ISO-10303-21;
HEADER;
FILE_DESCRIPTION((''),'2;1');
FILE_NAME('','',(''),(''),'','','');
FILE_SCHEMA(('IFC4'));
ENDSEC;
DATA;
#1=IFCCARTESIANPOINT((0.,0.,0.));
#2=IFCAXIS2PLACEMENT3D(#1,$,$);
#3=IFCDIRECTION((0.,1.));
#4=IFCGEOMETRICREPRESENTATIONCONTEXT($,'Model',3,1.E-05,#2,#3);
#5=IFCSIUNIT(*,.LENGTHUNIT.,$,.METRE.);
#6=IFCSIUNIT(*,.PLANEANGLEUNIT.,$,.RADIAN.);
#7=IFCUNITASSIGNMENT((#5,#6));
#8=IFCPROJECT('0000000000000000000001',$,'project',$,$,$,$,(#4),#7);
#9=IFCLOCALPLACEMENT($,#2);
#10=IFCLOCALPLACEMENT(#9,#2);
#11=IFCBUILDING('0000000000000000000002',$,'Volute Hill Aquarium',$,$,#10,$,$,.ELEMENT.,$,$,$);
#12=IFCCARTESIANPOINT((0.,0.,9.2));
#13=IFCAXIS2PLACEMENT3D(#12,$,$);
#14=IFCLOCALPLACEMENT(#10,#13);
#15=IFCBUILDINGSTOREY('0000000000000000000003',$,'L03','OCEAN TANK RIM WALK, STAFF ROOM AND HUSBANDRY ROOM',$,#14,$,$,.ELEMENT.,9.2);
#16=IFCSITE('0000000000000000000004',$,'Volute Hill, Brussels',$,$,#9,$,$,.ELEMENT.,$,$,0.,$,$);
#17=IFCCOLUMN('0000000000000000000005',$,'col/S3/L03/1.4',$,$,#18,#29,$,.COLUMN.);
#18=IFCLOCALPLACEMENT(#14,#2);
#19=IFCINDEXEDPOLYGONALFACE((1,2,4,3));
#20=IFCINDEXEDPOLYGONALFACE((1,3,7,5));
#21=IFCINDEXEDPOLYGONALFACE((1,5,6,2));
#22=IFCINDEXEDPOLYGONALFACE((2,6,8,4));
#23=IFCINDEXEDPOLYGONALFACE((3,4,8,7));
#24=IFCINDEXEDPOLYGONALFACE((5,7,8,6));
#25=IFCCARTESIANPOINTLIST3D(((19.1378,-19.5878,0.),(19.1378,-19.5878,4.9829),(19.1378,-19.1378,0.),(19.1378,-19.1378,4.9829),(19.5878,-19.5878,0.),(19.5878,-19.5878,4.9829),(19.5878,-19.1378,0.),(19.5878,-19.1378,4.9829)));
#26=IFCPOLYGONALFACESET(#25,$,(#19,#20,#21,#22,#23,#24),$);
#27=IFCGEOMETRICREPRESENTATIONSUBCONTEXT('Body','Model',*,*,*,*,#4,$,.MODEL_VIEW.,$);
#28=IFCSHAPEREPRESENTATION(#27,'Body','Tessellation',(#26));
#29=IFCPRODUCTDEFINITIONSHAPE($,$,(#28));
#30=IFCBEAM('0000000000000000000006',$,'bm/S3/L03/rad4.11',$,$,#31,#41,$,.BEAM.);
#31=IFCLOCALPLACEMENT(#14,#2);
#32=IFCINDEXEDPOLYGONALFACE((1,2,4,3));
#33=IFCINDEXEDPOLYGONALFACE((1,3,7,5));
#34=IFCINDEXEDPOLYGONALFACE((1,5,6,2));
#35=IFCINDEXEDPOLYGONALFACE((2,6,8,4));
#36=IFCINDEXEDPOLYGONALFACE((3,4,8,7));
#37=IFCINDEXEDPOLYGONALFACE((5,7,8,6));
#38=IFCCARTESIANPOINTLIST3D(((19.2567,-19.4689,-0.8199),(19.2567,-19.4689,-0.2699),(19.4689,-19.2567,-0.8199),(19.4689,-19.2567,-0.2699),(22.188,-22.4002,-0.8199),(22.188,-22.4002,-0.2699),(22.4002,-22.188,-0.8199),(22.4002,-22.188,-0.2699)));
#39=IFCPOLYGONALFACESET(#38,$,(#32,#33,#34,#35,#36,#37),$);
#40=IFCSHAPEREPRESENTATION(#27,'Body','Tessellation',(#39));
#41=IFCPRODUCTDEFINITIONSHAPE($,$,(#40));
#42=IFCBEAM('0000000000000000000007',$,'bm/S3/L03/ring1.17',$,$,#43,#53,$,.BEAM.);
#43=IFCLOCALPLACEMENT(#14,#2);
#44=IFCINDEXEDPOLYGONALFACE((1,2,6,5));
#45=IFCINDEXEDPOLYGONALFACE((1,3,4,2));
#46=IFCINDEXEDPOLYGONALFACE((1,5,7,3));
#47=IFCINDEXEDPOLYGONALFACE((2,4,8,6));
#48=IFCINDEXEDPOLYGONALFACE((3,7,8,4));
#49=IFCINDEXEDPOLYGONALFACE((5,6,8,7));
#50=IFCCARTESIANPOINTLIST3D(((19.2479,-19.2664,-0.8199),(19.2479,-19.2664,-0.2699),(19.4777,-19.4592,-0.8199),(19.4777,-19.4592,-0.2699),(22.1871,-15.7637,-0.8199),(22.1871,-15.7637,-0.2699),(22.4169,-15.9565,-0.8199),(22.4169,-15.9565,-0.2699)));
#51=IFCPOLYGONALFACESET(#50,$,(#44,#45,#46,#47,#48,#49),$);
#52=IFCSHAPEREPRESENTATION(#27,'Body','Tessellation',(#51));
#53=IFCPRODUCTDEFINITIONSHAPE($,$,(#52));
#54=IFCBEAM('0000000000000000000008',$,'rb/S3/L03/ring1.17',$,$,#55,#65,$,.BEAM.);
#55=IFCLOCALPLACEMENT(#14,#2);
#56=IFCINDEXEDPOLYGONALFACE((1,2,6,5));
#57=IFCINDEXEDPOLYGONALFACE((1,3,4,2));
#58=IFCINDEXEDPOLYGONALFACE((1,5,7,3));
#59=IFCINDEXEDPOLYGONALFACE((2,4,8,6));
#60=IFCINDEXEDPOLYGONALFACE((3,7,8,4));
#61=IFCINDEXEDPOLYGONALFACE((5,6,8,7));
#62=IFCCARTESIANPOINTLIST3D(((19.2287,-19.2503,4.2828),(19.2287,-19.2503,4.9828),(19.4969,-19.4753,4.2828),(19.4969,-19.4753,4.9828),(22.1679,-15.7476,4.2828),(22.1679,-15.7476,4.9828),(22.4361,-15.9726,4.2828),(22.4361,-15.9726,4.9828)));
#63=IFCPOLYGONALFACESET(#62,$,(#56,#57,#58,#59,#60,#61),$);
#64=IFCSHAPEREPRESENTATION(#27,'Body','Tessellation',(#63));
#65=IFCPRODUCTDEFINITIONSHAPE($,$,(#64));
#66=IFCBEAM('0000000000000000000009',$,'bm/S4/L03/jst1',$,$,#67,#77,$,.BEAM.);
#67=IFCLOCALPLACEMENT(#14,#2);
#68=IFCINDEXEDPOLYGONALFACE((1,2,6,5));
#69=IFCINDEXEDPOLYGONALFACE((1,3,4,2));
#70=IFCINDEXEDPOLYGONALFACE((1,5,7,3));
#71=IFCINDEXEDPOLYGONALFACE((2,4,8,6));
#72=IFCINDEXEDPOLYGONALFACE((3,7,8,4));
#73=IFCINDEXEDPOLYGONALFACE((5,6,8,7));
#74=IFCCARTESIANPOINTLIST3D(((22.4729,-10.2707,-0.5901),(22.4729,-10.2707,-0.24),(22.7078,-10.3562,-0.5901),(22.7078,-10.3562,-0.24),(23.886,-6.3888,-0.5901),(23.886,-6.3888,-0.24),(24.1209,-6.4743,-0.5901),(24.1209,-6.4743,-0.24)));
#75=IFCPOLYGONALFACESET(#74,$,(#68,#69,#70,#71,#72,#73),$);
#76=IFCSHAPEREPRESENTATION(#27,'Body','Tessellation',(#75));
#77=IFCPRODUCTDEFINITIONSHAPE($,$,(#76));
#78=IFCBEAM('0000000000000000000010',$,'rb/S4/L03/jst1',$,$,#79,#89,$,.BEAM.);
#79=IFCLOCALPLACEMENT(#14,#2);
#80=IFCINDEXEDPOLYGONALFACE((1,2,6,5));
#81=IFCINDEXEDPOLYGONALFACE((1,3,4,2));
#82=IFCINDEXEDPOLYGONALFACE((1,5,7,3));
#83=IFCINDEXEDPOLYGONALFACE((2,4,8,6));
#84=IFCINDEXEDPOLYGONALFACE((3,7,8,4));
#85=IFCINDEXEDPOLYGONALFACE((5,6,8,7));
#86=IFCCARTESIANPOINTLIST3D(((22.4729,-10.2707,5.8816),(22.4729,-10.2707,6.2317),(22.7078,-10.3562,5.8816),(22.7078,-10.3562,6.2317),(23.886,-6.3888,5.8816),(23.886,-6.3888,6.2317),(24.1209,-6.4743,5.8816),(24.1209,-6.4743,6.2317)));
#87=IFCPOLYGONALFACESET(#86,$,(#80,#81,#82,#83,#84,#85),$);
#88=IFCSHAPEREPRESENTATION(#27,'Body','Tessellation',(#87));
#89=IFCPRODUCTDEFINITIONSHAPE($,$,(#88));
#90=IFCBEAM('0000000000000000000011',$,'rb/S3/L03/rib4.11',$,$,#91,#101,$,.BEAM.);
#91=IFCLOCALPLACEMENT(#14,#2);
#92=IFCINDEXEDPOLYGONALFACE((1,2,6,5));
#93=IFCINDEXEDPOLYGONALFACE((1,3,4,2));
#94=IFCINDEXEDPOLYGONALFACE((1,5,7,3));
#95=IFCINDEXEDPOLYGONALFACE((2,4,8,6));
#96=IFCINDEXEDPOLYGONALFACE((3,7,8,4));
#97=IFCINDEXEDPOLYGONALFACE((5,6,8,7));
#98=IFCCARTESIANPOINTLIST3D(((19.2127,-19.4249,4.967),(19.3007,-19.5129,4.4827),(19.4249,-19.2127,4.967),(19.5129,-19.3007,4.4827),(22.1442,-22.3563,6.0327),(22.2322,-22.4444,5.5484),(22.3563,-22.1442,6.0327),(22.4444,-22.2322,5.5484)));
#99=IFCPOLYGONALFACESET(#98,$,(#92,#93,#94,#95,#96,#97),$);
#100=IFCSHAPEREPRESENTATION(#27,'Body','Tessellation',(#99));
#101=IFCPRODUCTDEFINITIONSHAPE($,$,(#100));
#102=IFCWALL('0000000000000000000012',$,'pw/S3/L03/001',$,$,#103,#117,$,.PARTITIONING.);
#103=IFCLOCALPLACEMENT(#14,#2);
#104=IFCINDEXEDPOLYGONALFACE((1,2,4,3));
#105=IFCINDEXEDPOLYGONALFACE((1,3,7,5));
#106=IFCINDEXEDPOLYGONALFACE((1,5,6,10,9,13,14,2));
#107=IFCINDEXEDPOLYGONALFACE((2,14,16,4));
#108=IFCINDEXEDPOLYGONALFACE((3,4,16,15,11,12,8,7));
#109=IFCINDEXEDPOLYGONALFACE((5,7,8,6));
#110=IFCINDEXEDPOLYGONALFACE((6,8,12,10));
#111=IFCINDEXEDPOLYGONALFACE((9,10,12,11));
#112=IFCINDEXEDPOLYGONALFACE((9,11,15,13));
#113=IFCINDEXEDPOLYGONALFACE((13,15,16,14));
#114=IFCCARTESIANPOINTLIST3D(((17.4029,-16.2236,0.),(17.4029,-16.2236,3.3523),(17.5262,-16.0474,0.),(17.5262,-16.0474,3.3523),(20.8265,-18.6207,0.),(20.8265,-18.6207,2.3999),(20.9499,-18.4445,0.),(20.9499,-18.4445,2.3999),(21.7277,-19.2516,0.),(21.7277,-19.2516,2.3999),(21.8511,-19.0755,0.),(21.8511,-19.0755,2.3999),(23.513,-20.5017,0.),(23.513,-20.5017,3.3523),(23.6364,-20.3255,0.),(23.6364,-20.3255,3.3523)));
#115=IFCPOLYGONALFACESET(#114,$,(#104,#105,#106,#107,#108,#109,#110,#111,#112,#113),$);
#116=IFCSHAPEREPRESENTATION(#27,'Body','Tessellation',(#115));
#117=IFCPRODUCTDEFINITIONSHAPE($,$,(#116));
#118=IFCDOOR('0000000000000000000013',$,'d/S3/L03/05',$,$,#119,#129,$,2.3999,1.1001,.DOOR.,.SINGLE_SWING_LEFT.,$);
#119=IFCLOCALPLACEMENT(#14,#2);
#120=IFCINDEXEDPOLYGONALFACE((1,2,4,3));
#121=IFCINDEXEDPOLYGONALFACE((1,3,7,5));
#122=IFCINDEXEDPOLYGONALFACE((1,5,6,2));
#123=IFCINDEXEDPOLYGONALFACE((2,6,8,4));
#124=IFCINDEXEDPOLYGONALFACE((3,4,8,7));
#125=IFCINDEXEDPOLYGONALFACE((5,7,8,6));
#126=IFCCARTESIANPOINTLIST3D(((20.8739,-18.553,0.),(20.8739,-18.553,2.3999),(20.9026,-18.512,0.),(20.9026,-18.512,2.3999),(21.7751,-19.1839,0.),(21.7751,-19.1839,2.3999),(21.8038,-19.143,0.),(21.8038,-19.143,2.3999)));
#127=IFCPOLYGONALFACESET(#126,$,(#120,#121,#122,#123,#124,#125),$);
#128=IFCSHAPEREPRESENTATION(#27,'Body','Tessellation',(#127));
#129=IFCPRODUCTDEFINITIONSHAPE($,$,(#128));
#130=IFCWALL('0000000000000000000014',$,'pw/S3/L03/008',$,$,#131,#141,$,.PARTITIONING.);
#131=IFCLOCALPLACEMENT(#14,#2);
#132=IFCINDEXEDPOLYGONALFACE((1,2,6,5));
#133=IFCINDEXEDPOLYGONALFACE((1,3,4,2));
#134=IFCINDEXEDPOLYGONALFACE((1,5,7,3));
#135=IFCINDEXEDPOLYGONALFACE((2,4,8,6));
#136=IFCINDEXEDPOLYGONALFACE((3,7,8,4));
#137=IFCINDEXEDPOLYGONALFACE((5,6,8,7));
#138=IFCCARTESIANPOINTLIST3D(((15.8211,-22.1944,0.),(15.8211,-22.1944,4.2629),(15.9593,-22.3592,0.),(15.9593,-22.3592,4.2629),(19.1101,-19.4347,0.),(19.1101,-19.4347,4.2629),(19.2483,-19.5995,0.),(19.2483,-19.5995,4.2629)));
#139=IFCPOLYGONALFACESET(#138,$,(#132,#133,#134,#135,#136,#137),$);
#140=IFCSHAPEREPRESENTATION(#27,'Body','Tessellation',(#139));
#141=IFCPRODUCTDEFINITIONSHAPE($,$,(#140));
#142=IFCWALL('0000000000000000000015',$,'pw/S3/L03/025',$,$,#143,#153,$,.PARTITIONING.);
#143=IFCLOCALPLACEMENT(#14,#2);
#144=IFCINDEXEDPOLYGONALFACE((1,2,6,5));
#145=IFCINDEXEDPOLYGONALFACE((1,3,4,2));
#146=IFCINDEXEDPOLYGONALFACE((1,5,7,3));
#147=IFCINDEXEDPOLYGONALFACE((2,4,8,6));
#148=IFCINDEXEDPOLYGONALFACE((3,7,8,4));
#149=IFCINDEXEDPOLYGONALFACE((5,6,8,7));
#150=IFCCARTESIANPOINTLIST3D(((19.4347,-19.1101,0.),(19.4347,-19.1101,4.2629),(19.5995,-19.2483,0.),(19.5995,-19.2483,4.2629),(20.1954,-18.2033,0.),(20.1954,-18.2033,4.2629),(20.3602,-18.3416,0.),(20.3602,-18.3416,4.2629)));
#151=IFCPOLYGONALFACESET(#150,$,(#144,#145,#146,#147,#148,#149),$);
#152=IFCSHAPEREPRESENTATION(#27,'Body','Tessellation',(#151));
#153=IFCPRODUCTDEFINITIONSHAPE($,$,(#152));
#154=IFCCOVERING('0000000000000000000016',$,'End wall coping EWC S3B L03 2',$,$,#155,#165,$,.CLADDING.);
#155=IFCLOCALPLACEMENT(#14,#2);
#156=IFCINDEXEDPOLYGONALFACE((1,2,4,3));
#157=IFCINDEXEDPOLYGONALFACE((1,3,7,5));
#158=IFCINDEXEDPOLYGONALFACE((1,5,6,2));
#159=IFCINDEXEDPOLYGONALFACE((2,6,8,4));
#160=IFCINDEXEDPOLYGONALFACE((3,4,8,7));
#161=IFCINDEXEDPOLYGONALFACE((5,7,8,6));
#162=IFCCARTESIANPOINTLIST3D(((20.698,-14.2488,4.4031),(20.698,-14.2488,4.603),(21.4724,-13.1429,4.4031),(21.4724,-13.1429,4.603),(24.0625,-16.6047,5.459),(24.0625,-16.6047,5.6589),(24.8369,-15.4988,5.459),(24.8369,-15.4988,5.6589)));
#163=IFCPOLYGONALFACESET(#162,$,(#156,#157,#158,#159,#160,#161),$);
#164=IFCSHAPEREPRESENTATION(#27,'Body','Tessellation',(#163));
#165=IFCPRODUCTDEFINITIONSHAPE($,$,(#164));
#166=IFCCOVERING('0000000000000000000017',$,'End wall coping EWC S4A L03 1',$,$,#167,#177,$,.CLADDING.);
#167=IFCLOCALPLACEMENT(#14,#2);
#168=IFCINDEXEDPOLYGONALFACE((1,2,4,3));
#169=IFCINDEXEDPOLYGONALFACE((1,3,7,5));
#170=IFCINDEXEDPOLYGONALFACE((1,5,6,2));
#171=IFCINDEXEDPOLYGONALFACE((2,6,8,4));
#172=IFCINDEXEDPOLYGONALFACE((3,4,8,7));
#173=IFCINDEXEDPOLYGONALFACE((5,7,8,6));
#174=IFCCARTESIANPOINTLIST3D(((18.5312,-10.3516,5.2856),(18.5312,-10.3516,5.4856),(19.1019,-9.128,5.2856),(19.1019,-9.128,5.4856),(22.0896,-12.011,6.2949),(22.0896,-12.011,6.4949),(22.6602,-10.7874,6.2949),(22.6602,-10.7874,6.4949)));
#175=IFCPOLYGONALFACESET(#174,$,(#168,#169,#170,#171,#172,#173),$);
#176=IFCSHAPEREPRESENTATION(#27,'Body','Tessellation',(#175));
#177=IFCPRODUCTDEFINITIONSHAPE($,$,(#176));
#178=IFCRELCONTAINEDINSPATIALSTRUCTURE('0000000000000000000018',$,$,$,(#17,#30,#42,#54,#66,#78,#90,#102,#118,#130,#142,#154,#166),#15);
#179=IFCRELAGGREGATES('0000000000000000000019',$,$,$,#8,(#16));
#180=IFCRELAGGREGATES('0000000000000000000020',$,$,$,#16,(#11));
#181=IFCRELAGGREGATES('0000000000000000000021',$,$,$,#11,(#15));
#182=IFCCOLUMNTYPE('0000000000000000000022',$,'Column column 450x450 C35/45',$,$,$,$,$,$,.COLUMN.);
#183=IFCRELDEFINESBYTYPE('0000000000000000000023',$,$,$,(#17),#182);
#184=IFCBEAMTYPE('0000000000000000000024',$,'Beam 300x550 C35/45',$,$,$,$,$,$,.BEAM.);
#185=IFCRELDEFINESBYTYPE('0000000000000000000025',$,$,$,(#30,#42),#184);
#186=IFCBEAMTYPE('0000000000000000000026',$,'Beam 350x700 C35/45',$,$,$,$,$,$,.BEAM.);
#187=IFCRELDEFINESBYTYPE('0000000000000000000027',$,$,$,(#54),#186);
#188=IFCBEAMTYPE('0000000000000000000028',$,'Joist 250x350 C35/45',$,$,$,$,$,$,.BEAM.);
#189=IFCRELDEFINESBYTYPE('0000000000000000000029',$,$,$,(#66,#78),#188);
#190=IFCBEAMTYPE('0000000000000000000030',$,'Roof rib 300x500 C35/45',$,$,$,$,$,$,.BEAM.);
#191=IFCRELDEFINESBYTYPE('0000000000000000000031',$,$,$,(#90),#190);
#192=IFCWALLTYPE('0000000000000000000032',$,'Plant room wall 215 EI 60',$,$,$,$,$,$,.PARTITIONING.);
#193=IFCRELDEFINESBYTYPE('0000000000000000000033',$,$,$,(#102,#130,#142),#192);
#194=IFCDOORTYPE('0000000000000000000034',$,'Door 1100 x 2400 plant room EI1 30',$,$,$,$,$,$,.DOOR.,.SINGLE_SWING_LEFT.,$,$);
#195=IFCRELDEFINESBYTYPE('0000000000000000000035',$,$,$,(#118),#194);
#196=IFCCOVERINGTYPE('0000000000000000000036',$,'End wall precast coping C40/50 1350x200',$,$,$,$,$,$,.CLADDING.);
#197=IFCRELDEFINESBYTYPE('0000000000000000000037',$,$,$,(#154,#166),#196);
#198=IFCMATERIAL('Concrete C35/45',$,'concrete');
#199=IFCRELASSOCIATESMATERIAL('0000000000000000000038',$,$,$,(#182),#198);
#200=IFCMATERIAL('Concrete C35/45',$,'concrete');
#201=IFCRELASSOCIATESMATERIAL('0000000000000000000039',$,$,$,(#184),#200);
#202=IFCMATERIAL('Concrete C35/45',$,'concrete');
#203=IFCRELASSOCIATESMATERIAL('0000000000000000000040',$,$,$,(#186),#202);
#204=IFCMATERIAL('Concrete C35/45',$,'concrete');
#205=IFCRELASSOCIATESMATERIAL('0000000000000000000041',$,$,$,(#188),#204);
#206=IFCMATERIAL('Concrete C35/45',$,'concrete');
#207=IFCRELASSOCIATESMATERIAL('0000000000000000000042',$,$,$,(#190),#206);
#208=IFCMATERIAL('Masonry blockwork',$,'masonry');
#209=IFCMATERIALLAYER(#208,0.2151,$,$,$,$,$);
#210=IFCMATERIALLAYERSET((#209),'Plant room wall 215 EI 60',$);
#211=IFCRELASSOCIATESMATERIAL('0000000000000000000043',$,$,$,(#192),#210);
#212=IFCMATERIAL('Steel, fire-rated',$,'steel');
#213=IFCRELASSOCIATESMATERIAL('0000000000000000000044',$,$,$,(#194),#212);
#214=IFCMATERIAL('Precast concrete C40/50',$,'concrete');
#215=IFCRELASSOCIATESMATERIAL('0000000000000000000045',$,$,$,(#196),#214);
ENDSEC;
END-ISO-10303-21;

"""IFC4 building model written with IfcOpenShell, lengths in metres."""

from ifc_helpers import new_model, si_unit, direction, frame, frame_2d, origin, origin_2d, place, context, subcontext, project, spatial, polyline, rectangle, outline, extrude, material, layer, layer_set, material_profile, profile_set, type_object, element, fill, save


model = new_model("IFC4")

# Units and contexts
model_context = context("Model", 3, precision=1e-05, world=origin(), true_north=direction((0.0, 1.0)))
body_context = subcontext(model_context, "Body", "Model", "MODEL_VIEW")
ifc_project = project(units=[si_unit("LENGTHUNIT", "METRE"), si_unit("PLANEANGLEUNIT", "RADIAN")], contexts=[model_context])

# Site, building, storey
site_placement = place(None, origin())
site = spatial("IfcSite", under=ifc_project, at=site_placement, Name="Volute Hill, Brussels", CompositionType="ELEMENT", RefElevation=0.0)
building_placement = place(site_placement, origin())
building = spatial("IfcBuilding", under=site, at=building_placement, Name="Volute Hill Aquarium", CompositionType="ELEMENT")
storey_placement = place(building_placement, frame((0.0, 0.0, 9.2)))
storey = spatial("IfcBuildingStorey", under=building, at=storey_placement, Name="L03", Description="OCEAN TANK RIM WALK, STAFF ROOM AND HUSBANDRY ROOM", CompositionType="ELEMENT", Elevation=9.2)

# Column
ifc_material_1 = material(Name="Concrete C35/45", Category="concrete")
ifc_material_profile_1 = material_profile(ifc_material_1, rectangle(XDim=0.45, YDim=0.45, at=origin_2d()), Name="RC column 450x450")
ifc_profile_set_1 = profile_set([ifc_material_profile_1], Name="Concrete C35/45")
column_type = type_object("IfcColumnType", Name="Column column 450x450 C35/45", PredefinedType="COLUMN", material=ifc_profile_set_1)
column_placement = place(storey_placement, frame((19.3628, -19.3628, 0.0), z_axis=(0.0, 0.0, 1.0), x_axis=(1.0, 0.0, 0.0)))
element("IfcColumn", 1, at=column_placement, inside=storey, type_object=column_type, Name="col/S3/L03/1.4", PredefinedType="COLUMN", context=body_context, shape_type="SweptSolid", body=[
    extrude(rectangle(XDim=0.45, YDim=0.45, at=origin_2d()), origin(), (0.0, 0.0, 1.0), 4.9829),
])

# Beams
ifc_material_2 = material(Name="Concrete C35/45", Category="concrete")
ifc_material_profile_2 = material_profile(ifc_material_2, rectangle(XDim=0.3, YDim=0.55, at=origin_2d()), Name="RC beam 300x550")
ifc_profile_set_2 = profile_set([ifc_material_profile_2], Name="Concrete C35/45")
beam_type_1 = type_object("IfcBeamType", Name="Beam 300x550 C35/45", PredefinedType="BEAM", material=ifc_profile_set_2)
beam_1_placement = place(storey_placement, frame((19.3628, -19.3628, -0.5449), z_axis=(0.707107, -0.707107, 0.0), x_axis=(0.707107, 0.707107, 0.0)))
element("IfcBeam", 2, at=beam_1_placement, inside=storey, type_object=beam_type_1, Name="bm/S3/L03/rad4.11", PredefinedType="BEAM", context=body_context, shape_type="SweptSolid", body=[
    extrude(rectangle(XDim=0.3, YDim=0.55, at=origin_2d()), origin(), (0.0, 0.0, 1.0), 4.1455),
])
beam_2_placement = place(storey_placement, frame((19.3628, -19.3628, -0.5449), z_axis=(0.642801, 0.766033, 0.0), x_axis=(-0.766033, 0.642801, 0.0)))
element("IfcBeam", 3, at=beam_2_placement, inside=storey, type_object=beam_type_1, Name="bm/S3/L03/ring1.17", PredefinedType="BEAM", context=body_context, shape_type="SweptSolid", body=[
    extrude(rectangle(XDim=0.3, YDim=0.55, at=origin_2d()), origin(), (0.0, 0.0, 1.0), 4.5725),
])
ifc_material_3 = material(Name="Concrete C35/45", Category="concrete")
ifc_material_profile_3 = material_profile(ifc_material_3, rectangle(XDim=0.3501, YDim=0.7, at=origin_2d()), Name="RC beam 350x700")
ifc_profile_set_3 = profile_set([ifc_material_profile_3], Name="Concrete C35/45")
beam_type_2 = type_object("IfcBeamType", Name="Beam 350x700 C35/45", PredefinedType="BEAM", material=ifc_profile_set_3)
beam_3_placement = place(storey_placement, frame((19.3628, -19.3628, 4.6328), z_axis=(0.642801, 0.766033, 0.0), x_axis=(-0.766033, 0.642801, 0.0)))
element("IfcBeam", 4, at=beam_3_placement, inside=storey, type_object=beam_type_2, Name="rb/S3/L03/ring1.17", PredefinedType="BEAM", context=body_context, shape_type="SweptSolid", body=[
    extrude(rectangle(XDim=0.3501, YDim=0.7, at=origin_2d()), origin(), (0.0, 0.0, 1.0), 4.5725),
])
ifc_material_4 = material(Name="Concrete C35/45", Category="concrete")
ifc_material_profile_4 = material_profile(ifc_material_4, rectangle(XDim=0.25, YDim=0.3501, at=origin_2d()), Name="RC joist 250x350")
ifc_profile_set_4 = profile_set([ifc_material_profile_4], Name="Concrete C35/45")
beam_type_3 = type_object("IfcBeamType", Name="Joist 250x350 C35/45", PredefinedType="BEAM", material=ifc_profile_set_4)
for number, where, z_axis, x_axis, name in (
    (5, (22.5903, -10.3135, -0.415), (0.342066, 0.939676, 0.0), (-0.939676, 0.342066, 0.0), "bm/S4/L03/jst1"),
    (6, (22.5903, -10.3135, 6.0566), (0.342066, 0.939676, 0.0), (-0.939676, 0.342066, 0.0), "rb/S4/L03/jst1"),
):
    element("IfcBeam", number, at=place(storey_placement, frame(where, z_axis=z_axis, x_axis=x_axis)), inside=storey, type_object=beam_type_3, Name=name, PredefinedType="BEAM", context=body_context, shape_type="SweptSolid", body=[
        extrude(rectangle(XDim=0.25, YDim=0.3501, at=origin_2d()), origin(), (0.0, 0.0, 1.0), 4.1311),
    ])
ifc_material_5 = material(Name="Concrete C35/45", Category="concrete")
ifc_material_profile_5 = material_profile(ifc_material_5, rectangle(XDim=0.3, YDim=0.5, at=origin_2d()), Name="RC rib 300x500")
ifc_profile_set_5 = profile_set([ifc_material_profile_5], Name="Concrete C35/45")
beam_type_4 = type_object("IfcBeamType", Name="Roof rib 300x500 C35/45", PredefinedType="BEAM", material=ifc_profile_set_5)
beam_4_placement = place(storey_placement, frame((19.3628, -19.3628, 4.7249), z_axis=(0.684842, -0.684842, 0.248966), x_axis=(0.707107, 0.707107, 0.0)))
element("IfcBeam", 7, at=beam_4_placement, inside=storey, type_object=beam_type_4, Name="rb/S3/L03/rib4.11", PredefinedType="BEAM", context=body_context, shape_type="SweptSolid", body=[
    extrude(rectangle(XDim=0.3, YDim=0.5, at=origin_2d()), origin(), (0.0, 0.0, 1.0), 4.2805),
])

# Wall, opening, door
ifc_material_6 = material(Name="Masonry blockwork", Category="masonry")
ifc_layer_1 = layer(ifc_material_6, 0.2151)
ifc_layer_set_1 = layer_set([ifc_layer_1], Name="Plant room wall 215 EI 60")
wall_type = type_object("IfcWallType", Name="Plant room wall 215 EI 60", PredefinedType="PARTITIONING", material=ifc_layer_set_1)
wall_1_placement = place(storey_placement, frame((23.5747, -20.4136, 0.0), z_axis=(0.0, 0.0, 1.0), x_axis=(-0.819169, 0.573552, 0.0)))
wall_1 = element("IfcWall", 8, at=wall_1_placement, inside=storey, type_object=wall_type, Name="pw/S3/L03/001", PredefinedType="PARTITIONING", context=body_context, shape_type="SweptSolid", body=[
    extrude(rectangle(XDim=7.459, YDim=0.2151, at=frame_2d((3.7295, 0.0))), origin(), (0.0, 0.0, 1.0), 3.3523),
])
opening_placement = place(wall_1_placement, frame((2.1794, 0.0, 0.0)))
opening = element("IfcOpeningElement", 9, at=opening_placement, cuts=wall_1, PredefinedType="OPENING", context=body_context, shape_type="SweptSolid", body=[
    extrude(rectangle(XDim=1.1001, YDim=2.3999, at=frame_2d((0.55, 1.2))), frame((0.0, 0.1174, 0.0), z_axis=(0.0, -1.0, 0.0), x_axis=(1.0, 0.0, 0.0)), (0.0, 0.0, 1.0), 0.2351),
])
ifc_material_7 = material(Name="Steel, fire-rated", Category="steel")
door_type = type_object("IfcDoorType", Name="Door 1100 x 2400 plant room EI1 30", OperationType="SINGLE_SWING_LEFT", PredefinedType="DOOR", material=ifc_material_7)
door_placement = place(opening_placement, origin())
door = element("IfcDoor", 10, at=door_placement, inside=storey, type_object=door_type, Name="d/S3/L03/05", OperationType="SINGLE_SWING_LEFT", OverallHeight=2.3999, OverallWidth=1.1001, PredefinedType="DOOR", context=body_context, shape_type="SweptSolid", body=[
    extrude(rectangle(XDim=1.1001, YDim=2.3999, at=frame_2d((0.55, 1.2))), frame((0.0, 0.0249, 0.0), z_axis=(0.0, -1.0, 0.0), x_axis=(1.0, 0.0, 0.0)), (0.0, 0.0, 1.0), 0.05),
])
fill(opening, door)

# Walls
wall_2_placement = place(storey_placement, frame((19.1792, -19.5171, 0.0), z_axis=(0.0, 0.0, 1.0), x_axis=(-0.766054, -0.642776, 0.0)))
element("IfcWall", 11, at=wall_2_placement, inside=storey, type_object=wall_type, Name="pw/S3/L03/008", PredefinedType="PARTITIONING", context=body_context, shape_type="SweptSolid", body=[
    extrude(rectangle(XDim=4.2935, YDim=0.2151, at=frame_2d((2.1467, 0.0))), origin(), (0.0, 0.0, 1.0), 4.2629),
])
wall_3_placement = place(storey_placement, frame((20.2778, -18.2725, 0.0), z_axis=(0.0, 0.0, 1.0), x_axis=(-0.642737, -0.766087, 0.0)))
element("IfcWall", 12, at=wall_3_placement, inside=storey, type_object=wall_type, Name="pw/S3/L03/025", PredefinedType="PARTITIONING", context=body_context, shape_type="SweptSolid", body=[
    extrude(rectangle(XDim=1.1836, YDim=0.2151, at=frame_2d((0.5918, 0.0))), origin(), (0.0, 0.0, 1.0), 4.2629),
])

# Coverings
ifc_material_8 = material(Name="Precast concrete C40/50", Category="concrete")
covering_type_1 = type_object("IfcCoveringType", Name="End wall precast coping C40/50 1350x200", PredefinedType="CLADDING", material=ifc_material_8)
covering_1_placement = place(storey_placement, frame((20.698, -14.2488, 4.4031), z_axis=(-0.573594, -0.81914, 0.0), x_axis=(0.793344, -0.555531, 0.248981)))
element("IfcCovering", 13, at=covering_1_placement, inside=storey, type_object=covering_type_1, Name="End wall coping EWC S3B L03 2", PredefinedType="CLADDING", context=body_context, shape_type="SweptSolid", body=[
    extrude(outline(polyline([(0.0, 0.0), (4.2409, 0.0), (4.2907, 0.1937), (0.0498, 0.1937), (0.0, 0.0)])), origin(), (0.0, 0.0, -1.0), 1.3501),
])
covering_2_placement = place(storey_placement, frame((18.5312, -10.3516, 5.2856), z_axis=(-0.422647, -0.906294, 0.0), x_axis=(0.877758, -0.409339, 0.248964)))
element("IfcCovering", 14, at=covering_2_placement, inside=storey, type_object=covering_type_1, Name="End wall coping EWC S4A L03 1", PredefinedType="CLADDING", context=body_context, shape_type="SweptSolid", body=[
    extrude(outline(polyline([(0.0, 0.0), (4.0539, 0.0), (4.1037, 0.1937), (0.0498, 0.1937), (0.0, 0.0)])), origin(), (0.0, 0.0, -1.0), 1.3501),
])

save(model, "model.ifc")
